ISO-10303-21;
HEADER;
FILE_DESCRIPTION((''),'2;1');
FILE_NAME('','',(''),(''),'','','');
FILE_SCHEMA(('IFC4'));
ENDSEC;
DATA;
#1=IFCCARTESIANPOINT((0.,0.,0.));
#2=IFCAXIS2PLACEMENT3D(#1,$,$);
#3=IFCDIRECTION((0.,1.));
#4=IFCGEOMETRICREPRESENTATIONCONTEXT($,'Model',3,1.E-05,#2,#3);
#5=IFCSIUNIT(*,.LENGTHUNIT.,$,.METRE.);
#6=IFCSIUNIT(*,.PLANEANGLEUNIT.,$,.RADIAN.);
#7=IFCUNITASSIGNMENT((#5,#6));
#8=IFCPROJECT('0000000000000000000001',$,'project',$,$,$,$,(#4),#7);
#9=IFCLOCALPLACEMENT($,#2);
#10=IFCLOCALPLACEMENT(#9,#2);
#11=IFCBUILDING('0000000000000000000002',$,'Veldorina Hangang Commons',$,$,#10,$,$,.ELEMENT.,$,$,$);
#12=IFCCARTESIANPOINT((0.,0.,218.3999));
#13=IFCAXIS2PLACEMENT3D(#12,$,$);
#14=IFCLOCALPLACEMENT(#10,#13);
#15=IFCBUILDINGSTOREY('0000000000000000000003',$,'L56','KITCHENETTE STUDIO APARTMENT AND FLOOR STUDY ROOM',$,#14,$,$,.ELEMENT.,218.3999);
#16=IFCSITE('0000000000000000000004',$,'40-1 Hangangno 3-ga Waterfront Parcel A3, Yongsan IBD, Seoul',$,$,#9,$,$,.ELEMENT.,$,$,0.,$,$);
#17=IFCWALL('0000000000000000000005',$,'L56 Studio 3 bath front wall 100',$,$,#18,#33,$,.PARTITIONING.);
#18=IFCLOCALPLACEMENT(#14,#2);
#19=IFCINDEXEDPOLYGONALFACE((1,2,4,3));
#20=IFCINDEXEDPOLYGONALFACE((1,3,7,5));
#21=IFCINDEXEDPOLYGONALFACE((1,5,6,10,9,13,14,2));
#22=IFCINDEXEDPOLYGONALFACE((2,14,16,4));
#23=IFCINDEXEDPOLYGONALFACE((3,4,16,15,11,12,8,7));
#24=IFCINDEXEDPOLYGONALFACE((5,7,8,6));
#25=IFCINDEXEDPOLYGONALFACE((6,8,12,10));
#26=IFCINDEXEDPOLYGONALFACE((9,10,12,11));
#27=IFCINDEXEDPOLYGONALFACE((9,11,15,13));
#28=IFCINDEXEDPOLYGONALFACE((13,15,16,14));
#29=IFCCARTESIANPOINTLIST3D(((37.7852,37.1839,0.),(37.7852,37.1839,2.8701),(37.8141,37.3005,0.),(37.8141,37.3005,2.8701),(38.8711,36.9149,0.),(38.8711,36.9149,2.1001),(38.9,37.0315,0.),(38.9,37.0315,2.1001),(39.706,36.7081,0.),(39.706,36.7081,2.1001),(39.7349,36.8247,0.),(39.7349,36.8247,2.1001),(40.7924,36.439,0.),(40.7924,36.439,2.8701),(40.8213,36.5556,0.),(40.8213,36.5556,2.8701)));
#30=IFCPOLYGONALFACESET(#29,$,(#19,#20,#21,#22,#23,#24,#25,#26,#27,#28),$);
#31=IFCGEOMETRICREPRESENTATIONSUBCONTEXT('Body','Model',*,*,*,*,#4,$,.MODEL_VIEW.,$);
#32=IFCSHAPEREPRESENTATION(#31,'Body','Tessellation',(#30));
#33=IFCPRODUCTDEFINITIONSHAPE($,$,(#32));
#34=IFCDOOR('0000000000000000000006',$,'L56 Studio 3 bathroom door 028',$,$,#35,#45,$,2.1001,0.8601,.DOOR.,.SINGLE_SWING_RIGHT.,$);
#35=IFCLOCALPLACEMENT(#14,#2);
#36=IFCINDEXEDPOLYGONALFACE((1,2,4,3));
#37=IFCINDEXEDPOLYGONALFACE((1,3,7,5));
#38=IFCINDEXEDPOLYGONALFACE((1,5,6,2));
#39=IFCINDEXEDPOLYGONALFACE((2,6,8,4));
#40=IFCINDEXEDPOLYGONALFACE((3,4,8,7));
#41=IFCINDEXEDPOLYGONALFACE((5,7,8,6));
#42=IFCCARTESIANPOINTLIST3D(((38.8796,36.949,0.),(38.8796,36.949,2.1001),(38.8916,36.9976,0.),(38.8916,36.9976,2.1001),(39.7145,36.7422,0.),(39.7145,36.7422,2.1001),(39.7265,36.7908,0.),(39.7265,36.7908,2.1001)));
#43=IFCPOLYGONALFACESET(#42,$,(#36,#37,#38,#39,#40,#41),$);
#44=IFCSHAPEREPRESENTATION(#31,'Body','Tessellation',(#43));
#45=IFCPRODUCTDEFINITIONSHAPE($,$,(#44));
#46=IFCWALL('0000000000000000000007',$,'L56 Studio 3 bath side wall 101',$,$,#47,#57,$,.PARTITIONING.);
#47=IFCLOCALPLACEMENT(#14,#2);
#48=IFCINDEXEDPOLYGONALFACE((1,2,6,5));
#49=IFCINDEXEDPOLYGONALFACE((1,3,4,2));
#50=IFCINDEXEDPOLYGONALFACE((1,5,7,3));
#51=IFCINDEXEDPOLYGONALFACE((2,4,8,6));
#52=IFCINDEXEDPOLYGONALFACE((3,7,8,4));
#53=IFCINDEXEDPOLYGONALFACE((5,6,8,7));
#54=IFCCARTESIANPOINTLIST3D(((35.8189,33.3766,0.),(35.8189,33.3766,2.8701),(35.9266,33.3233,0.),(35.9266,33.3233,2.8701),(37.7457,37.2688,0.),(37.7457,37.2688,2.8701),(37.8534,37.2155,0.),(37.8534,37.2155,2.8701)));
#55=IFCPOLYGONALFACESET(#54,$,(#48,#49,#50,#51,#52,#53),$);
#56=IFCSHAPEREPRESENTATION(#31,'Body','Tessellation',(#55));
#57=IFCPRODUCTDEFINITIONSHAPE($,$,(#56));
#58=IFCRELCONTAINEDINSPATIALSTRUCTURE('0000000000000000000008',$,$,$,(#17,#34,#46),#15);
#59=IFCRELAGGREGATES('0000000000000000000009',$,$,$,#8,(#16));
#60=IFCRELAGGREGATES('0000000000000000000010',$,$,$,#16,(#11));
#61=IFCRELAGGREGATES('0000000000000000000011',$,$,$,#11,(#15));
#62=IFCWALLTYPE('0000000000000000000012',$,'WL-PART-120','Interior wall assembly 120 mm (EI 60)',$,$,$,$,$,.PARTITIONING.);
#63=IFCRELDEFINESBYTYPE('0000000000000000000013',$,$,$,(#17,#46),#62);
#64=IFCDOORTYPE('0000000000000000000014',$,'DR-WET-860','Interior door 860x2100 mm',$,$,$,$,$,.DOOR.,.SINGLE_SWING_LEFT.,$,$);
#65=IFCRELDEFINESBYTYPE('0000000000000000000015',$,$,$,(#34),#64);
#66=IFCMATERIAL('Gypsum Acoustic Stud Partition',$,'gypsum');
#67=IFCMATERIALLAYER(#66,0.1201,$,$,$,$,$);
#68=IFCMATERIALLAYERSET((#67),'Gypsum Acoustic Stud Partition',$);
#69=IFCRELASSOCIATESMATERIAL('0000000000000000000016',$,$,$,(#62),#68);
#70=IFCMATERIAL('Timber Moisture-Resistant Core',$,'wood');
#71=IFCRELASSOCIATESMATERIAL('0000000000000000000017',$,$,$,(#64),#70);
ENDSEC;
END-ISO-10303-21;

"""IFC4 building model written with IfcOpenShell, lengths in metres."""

from ifc_helpers import new_model, si_unit, direction, frame, frame_2d, origin, place, context, subcontext, project, spatial, rectangle, extrude, material, layer, layer_set, type_object, element, fill, save


model = new_model("IFC4")

# Units and contexts
model_context = context("Model", 3, precision=1e-05, world=origin(), true_north=direction((0.0, 1.0)))
body_context = subcontext(model_context, "Body", "Model", "MODEL_VIEW")
ifc_project = project(units=[si_unit("LENGTHUNIT", "METRE"), si_unit("PLANEANGLEUNIT", "RADIAN")], contexts=[model_context])

# Site, building, storey
site_placement = place(None, origin())
site = spatial("IfcSite", under=ifc_project, at=site_placement, Name="40-1 Hangangno 3-ga Waterfront Parcel A3, Yongsan IBD, Seoul", CompositionType="ELEMENT", RefElevation=0.0)
building_placement = place(site_placement, origin())
building = spatial("IfcBuilding", under=site, at=building_placement, Name="Veldorina Hangang Commons", CompositionType="ELEMENT")
storey_placement = place(building_placement, frame((0.0, 0.0, 218.3999)))
storey = spatial("IfcBuildingStorey", under=building, at=storey_placement, Name="L56", Description="KITCHENETTE STUDIO APARTMENT AND FLOOR STUDY ROOM", CompositionType="ELEMENT", Elevation=218.3999)

# Wall, opening, door
ifc_material_1 = material(Name="Gypsum Acoustic Stud Partition", Category="gypsum")
ifc_layer_1 = layer(ifc_material_1, 0.1201)
ifc_layer_set_1 = layer_set([ifc_layer_1], Name="Gypsum Acoustic Stud Partition")
wall_type_1 = type_object("IfcWallType", Name="WL-PART-120", Description="Interior wall assembly 120 mm (EI 60)", PredefinedType="PARTITIONING", material=ifc_layer_set_1)
wall_1_placement = place(storey_placement, frame((40.8069, 36.4973, 0.0), z_axis=(0.0, 0.0, 1.0), x_axis=(-0.970669, 0.240421, 0.0)))
wall_1 = element("IfcWall", 1, at=wall_1_placement, inside=storey, type_object=wall_type_1, Name="L56 Studio 3 bath front wall 100", PredefinedType="PARTITIONING", context=body_context, shape_type="SweptSolid", body=[
    extrude(rectangle(XDim=3.0981, YDim=0.1201, at=frame_2d((1.5491, 0.0))), origin(), (0.0, 0.0, 1.0), 2.8701),
])
opening_1_placement = place(wall_1_placement, frame((1.1191, 0.0, 0.0)))
opening_1 = element("IfcOpeningElement", 2, at=opening_1_placement, cuts=wall_1, PredefinedType="OPENING", context=body_context, shape_type="SweptSolid", body=[
    extrude(rectangle(XDim=0.8601, YDim=2.1001, at=frame_2d((0.4302, 1.05))), frame((0.0, 0.0701, 0.0), z_axis=(0.0, -1.0, 0.0), x_axis=(1.0, 0.0, 0.0)), (0.0, 0.0, 1.0), 0.1401),
])
ifc_material_2 = material(Name="Timber Moisture-Resistant Core", Category="wood")
door_type_1 = type_object("IfcDoorType", Name="DR-WET-860", Description="Interior door 860x2100 mm", OperationType="SINGLE_SWING_LEFT", PredefinedType="DOOR", material=ifc_material_2)
door_1_placement = place(opening_1_placement, origin())
door_1 = element("IfcDoor", 3, at=door_1_placement, inside=storey, type_object=door_type_1, Name="L56 Studio 3 bathroom door 028", OperationType="SINGLE_SWING_RIGHT", OverallHeight=2.1001, OverallWidth=0.8601, PredefinedType="DOOR", context=body_context, shape_type="SweptSolid", body=[
    extrude(rectangle(XDim=0.8601, YDim=2.1001, at=frame_2d((0.4302, 1.05))), frame((0.0, 0.0249, 0.0), z_axis=(0.0, -1.0, 0.0), x_axis=(1.0, 0.0, 0.0)), (0.0, 0.0, 1.0), 0.05),
])
fill(opening_1, door_1)

# Wall
wall_2_placement = place(storey_placement, frame((35.8728, 33.3501, 0.0), z_axis=(0.0, 0.0, 1.0), x_axis=(0.443657, 0.896197, 0.0)))
element("IfcWall", 4, at=wall_2_placement, inside=storey, type_object=wall_type_1, Name="L56 Studio 3 bath side wall 101", PredefinedType="PARTITIONING", context=body_context, shape_type="SweptSolid", body=[
    extrude(rectangle(XDim=4.343, YDim=0.1201, at=frame_2d((2.1714, 0.0))), origin(), (0.0, 0.0, 1.0), 2.8701),
])

save(model, "model.ifc")
